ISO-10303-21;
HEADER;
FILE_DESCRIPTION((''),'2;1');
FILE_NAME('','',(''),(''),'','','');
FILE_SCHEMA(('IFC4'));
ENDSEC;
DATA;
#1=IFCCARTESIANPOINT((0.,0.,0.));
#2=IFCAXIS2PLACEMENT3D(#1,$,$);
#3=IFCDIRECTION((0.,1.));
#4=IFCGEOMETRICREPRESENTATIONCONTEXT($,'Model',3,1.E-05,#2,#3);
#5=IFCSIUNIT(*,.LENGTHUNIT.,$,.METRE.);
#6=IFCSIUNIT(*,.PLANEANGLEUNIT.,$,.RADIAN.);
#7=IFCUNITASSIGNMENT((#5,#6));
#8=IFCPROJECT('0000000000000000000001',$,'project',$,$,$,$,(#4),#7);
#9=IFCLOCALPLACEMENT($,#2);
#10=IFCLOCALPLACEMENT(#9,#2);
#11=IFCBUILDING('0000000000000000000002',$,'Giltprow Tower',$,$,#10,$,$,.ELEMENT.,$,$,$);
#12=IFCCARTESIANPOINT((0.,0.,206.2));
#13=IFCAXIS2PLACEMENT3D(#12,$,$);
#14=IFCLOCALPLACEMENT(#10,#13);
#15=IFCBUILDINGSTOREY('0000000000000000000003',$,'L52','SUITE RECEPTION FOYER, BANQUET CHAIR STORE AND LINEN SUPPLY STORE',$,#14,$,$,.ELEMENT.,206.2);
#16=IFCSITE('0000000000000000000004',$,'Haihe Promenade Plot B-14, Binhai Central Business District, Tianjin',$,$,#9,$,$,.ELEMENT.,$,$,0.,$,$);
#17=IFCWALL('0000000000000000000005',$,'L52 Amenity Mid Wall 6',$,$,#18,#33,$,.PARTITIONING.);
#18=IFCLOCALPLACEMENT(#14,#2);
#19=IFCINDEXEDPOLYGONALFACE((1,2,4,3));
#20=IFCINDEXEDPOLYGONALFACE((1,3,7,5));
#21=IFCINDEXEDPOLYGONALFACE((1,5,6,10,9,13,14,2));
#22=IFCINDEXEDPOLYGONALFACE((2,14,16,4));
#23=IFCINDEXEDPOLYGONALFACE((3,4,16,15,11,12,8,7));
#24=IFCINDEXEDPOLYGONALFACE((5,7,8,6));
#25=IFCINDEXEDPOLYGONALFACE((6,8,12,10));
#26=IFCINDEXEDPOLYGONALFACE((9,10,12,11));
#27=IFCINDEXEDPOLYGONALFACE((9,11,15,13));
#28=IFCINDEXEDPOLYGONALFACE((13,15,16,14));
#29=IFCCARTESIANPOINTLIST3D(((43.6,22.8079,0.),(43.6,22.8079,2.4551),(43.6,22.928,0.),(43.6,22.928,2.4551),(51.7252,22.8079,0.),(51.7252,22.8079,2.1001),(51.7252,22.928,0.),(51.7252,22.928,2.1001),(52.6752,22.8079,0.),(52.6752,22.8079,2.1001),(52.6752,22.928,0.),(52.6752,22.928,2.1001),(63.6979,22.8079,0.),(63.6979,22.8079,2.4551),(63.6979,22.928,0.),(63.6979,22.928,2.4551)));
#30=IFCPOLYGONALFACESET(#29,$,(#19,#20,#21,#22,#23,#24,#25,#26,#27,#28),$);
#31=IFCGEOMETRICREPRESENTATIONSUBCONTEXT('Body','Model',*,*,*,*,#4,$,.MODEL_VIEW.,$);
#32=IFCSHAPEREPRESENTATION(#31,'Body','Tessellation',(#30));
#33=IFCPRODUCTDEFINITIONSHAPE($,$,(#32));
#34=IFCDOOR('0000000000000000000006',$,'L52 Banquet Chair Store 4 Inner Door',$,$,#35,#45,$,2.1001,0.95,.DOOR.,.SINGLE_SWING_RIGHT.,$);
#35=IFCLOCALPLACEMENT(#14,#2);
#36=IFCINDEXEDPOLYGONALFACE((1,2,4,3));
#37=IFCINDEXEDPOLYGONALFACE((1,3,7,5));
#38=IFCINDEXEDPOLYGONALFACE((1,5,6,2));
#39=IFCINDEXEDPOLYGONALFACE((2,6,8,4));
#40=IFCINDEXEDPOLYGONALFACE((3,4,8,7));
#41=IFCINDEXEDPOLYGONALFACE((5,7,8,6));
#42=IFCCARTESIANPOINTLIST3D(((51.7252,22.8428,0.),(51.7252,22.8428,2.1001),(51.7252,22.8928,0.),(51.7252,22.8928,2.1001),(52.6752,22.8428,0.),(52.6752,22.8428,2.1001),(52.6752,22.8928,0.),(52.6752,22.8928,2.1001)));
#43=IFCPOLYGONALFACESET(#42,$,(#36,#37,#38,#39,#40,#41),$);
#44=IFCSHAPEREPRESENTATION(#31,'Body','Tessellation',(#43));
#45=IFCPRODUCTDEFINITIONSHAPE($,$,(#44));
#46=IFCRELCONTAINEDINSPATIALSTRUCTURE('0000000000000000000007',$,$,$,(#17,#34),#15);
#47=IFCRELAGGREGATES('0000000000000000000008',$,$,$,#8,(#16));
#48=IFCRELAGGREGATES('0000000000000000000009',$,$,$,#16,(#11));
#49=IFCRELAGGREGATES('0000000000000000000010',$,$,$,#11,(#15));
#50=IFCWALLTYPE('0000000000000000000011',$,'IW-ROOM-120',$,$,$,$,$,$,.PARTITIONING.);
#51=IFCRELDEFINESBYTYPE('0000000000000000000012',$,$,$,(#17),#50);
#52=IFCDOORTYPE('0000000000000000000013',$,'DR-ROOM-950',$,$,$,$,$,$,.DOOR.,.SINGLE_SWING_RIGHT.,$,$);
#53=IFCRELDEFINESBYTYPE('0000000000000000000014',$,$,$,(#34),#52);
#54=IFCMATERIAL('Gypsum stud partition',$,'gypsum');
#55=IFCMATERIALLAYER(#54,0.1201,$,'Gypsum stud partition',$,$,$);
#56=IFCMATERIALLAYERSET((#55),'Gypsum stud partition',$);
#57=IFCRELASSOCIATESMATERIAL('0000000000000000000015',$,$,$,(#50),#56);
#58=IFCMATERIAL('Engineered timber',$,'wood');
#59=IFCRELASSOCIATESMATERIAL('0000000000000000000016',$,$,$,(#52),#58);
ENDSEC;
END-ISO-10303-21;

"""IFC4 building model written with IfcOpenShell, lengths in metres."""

from ifc_helpers import new_model, si_unit, direction, frame, frame_2d, origin, place, context, subcontext, project, spatial, rectangle, extrude, source, transform, mapped, material, layer, layer_set, type_object, element, fill, save


model = new_model("IFC4")

# Units and contexts
model_context = context("Model", 3, precision=1e-05, world=origin(), true_north=direction((0.0, 1.0)))
body_context = subcontext(model_context, "Body", "Model", "MODEL_VIEW")
ifc_project = project(units=[si_unit("LENGTHUNIT", "METRE"), si_unit("PLANEANGLEUNIT", "RADIAN")], contexts=[model_context])

# Site, building, storey
site_placement = place(None, origin())
site = spatial("IfcSite", under=ifc_project, at=site_placement, Name="Haihe Promenade Plot B-14, Binhai Central Business District, Tianjin", CompositionType="ELEMENT", RefElevation=0.0)
building_placement = place(site_placement, origin())
building = spatial("IfcBuilding", under=site, at=building_placement, Name="Giltprow Tower", CompositionType="ELEMENT")
storey_placement = place(building_placement, frame((0.0, 0.0, 206.2)))
storey = spatial("IfcBuildingStorey", under=building, at=storey_placement, Name="L52", Description="SUITE RECEPTION FOYER, BANQUET CHAIR STORE AND LINEN SUPPLY STORE", CompositionType="ELEMENT", Elevation=206.2)

# Wall, opening, door
ifc_material_1 = material(Name="Gypsum stud partition", Category="gypsum")
ifc_layer_1 = layer(ifc_material_1, 0.1201, Name="Gypsum stud partition")
ifc_layer_set_1 = layer_set([ifc_layer_1], Name="Gypsum stud partition")
wall_type = type_object("IfcWallType", Name="IW-ROOM-120", PredefinedType="PARTITIONING", material=ifc_layer_set_1)
ifc_material_2 = material(Name="Engineered timber", Category="wood")
door_type = type_object("IfcDoorType", Name="DR-ROOM-950", OperationType="SINGLE_SWING_RIGHT", PredefinedType="DOOR", material=ifc_material_2)
shared_shape_1 = source(origin(), body_context, "Body", "SweptSolid", [
    extrude(rectangle(XDim=0.95, YDim=2.1001, at=frame_2d((0.4751, 1.05))), frame((0.0, 0.0249, 0.0), z_axis=(0.0, -1.0, 0.0), x_axis=(1.0, 0.0, 0.0)), (0.0, 0.0, 1.0), 0.05),
])
wall_1_placement = place(storey_placement, frame((43.6001, 22.8679, 0.0), z_axis=(0.0, 0.0, 1.0), x_axis=(1.0, 0.0, 0.0)))
wall_1 = element("IfcWall", 1, at=wall_1_placement, inside=storey, type_object=wall_type, Name="L52 Amenity Mid Wall 6", PredefinedType="PARTITIONING", context=body_context, shape_type="SweptSolid", body=[
    extrude(rectangle(XDim=20.0979, YDim=0.1201, at=frame_2d((10.0488, 0.0))), origin(), (0.0, 0.0, 1.0), 2.4551),
])
opening_1_placement = place(wall_1_placement, frame((8.125, 0.0, 0.0)))
opening_1 = element("IfcOpeningElement", 2, at=opening_1_placement, cuts=wall_1, PredefinedType="OPENING", context=body_context, shape_type="SweptSolid", body=[
    extrude(rectangle(XDim=0.95, YDim=2.1001, at=frame_2d((0.4751, 1.05))), frame((0.0, 0.0701, 0.0), z_axis=(0.0, -1.0, 0.0), x_axis=(1.0, 0.0, 0.0)), (0.0, 0.0, 1.0), 0.1401),
])
door_1_placement = place(opening_1_placement, origin())
door_1 = element("IfcDoor", 3, at=door_1_placement, inside=storey, type_object=door_type, Name="L52 Banquet Chair Store 4 Inner Door", OperationType="SINGLE_SWING_RIGHT", OverallHeight=2.1001, OverallWidth=0.95, PredefinedType="DOOR", context=body_context, shape_type="MappedRepresentation", body=[
    mapped(shared_shape_1, transform((0.0, 0.0, 0.0), x_axis=(1.0, 0.0, 0.0), y_axis=(0.0, 1.0, 0.0), z_axis=(0.0, 0.0, 1.0), scale=1.0)),
])
fill(opening_1, door_1)

save(model, "model.ifc")
